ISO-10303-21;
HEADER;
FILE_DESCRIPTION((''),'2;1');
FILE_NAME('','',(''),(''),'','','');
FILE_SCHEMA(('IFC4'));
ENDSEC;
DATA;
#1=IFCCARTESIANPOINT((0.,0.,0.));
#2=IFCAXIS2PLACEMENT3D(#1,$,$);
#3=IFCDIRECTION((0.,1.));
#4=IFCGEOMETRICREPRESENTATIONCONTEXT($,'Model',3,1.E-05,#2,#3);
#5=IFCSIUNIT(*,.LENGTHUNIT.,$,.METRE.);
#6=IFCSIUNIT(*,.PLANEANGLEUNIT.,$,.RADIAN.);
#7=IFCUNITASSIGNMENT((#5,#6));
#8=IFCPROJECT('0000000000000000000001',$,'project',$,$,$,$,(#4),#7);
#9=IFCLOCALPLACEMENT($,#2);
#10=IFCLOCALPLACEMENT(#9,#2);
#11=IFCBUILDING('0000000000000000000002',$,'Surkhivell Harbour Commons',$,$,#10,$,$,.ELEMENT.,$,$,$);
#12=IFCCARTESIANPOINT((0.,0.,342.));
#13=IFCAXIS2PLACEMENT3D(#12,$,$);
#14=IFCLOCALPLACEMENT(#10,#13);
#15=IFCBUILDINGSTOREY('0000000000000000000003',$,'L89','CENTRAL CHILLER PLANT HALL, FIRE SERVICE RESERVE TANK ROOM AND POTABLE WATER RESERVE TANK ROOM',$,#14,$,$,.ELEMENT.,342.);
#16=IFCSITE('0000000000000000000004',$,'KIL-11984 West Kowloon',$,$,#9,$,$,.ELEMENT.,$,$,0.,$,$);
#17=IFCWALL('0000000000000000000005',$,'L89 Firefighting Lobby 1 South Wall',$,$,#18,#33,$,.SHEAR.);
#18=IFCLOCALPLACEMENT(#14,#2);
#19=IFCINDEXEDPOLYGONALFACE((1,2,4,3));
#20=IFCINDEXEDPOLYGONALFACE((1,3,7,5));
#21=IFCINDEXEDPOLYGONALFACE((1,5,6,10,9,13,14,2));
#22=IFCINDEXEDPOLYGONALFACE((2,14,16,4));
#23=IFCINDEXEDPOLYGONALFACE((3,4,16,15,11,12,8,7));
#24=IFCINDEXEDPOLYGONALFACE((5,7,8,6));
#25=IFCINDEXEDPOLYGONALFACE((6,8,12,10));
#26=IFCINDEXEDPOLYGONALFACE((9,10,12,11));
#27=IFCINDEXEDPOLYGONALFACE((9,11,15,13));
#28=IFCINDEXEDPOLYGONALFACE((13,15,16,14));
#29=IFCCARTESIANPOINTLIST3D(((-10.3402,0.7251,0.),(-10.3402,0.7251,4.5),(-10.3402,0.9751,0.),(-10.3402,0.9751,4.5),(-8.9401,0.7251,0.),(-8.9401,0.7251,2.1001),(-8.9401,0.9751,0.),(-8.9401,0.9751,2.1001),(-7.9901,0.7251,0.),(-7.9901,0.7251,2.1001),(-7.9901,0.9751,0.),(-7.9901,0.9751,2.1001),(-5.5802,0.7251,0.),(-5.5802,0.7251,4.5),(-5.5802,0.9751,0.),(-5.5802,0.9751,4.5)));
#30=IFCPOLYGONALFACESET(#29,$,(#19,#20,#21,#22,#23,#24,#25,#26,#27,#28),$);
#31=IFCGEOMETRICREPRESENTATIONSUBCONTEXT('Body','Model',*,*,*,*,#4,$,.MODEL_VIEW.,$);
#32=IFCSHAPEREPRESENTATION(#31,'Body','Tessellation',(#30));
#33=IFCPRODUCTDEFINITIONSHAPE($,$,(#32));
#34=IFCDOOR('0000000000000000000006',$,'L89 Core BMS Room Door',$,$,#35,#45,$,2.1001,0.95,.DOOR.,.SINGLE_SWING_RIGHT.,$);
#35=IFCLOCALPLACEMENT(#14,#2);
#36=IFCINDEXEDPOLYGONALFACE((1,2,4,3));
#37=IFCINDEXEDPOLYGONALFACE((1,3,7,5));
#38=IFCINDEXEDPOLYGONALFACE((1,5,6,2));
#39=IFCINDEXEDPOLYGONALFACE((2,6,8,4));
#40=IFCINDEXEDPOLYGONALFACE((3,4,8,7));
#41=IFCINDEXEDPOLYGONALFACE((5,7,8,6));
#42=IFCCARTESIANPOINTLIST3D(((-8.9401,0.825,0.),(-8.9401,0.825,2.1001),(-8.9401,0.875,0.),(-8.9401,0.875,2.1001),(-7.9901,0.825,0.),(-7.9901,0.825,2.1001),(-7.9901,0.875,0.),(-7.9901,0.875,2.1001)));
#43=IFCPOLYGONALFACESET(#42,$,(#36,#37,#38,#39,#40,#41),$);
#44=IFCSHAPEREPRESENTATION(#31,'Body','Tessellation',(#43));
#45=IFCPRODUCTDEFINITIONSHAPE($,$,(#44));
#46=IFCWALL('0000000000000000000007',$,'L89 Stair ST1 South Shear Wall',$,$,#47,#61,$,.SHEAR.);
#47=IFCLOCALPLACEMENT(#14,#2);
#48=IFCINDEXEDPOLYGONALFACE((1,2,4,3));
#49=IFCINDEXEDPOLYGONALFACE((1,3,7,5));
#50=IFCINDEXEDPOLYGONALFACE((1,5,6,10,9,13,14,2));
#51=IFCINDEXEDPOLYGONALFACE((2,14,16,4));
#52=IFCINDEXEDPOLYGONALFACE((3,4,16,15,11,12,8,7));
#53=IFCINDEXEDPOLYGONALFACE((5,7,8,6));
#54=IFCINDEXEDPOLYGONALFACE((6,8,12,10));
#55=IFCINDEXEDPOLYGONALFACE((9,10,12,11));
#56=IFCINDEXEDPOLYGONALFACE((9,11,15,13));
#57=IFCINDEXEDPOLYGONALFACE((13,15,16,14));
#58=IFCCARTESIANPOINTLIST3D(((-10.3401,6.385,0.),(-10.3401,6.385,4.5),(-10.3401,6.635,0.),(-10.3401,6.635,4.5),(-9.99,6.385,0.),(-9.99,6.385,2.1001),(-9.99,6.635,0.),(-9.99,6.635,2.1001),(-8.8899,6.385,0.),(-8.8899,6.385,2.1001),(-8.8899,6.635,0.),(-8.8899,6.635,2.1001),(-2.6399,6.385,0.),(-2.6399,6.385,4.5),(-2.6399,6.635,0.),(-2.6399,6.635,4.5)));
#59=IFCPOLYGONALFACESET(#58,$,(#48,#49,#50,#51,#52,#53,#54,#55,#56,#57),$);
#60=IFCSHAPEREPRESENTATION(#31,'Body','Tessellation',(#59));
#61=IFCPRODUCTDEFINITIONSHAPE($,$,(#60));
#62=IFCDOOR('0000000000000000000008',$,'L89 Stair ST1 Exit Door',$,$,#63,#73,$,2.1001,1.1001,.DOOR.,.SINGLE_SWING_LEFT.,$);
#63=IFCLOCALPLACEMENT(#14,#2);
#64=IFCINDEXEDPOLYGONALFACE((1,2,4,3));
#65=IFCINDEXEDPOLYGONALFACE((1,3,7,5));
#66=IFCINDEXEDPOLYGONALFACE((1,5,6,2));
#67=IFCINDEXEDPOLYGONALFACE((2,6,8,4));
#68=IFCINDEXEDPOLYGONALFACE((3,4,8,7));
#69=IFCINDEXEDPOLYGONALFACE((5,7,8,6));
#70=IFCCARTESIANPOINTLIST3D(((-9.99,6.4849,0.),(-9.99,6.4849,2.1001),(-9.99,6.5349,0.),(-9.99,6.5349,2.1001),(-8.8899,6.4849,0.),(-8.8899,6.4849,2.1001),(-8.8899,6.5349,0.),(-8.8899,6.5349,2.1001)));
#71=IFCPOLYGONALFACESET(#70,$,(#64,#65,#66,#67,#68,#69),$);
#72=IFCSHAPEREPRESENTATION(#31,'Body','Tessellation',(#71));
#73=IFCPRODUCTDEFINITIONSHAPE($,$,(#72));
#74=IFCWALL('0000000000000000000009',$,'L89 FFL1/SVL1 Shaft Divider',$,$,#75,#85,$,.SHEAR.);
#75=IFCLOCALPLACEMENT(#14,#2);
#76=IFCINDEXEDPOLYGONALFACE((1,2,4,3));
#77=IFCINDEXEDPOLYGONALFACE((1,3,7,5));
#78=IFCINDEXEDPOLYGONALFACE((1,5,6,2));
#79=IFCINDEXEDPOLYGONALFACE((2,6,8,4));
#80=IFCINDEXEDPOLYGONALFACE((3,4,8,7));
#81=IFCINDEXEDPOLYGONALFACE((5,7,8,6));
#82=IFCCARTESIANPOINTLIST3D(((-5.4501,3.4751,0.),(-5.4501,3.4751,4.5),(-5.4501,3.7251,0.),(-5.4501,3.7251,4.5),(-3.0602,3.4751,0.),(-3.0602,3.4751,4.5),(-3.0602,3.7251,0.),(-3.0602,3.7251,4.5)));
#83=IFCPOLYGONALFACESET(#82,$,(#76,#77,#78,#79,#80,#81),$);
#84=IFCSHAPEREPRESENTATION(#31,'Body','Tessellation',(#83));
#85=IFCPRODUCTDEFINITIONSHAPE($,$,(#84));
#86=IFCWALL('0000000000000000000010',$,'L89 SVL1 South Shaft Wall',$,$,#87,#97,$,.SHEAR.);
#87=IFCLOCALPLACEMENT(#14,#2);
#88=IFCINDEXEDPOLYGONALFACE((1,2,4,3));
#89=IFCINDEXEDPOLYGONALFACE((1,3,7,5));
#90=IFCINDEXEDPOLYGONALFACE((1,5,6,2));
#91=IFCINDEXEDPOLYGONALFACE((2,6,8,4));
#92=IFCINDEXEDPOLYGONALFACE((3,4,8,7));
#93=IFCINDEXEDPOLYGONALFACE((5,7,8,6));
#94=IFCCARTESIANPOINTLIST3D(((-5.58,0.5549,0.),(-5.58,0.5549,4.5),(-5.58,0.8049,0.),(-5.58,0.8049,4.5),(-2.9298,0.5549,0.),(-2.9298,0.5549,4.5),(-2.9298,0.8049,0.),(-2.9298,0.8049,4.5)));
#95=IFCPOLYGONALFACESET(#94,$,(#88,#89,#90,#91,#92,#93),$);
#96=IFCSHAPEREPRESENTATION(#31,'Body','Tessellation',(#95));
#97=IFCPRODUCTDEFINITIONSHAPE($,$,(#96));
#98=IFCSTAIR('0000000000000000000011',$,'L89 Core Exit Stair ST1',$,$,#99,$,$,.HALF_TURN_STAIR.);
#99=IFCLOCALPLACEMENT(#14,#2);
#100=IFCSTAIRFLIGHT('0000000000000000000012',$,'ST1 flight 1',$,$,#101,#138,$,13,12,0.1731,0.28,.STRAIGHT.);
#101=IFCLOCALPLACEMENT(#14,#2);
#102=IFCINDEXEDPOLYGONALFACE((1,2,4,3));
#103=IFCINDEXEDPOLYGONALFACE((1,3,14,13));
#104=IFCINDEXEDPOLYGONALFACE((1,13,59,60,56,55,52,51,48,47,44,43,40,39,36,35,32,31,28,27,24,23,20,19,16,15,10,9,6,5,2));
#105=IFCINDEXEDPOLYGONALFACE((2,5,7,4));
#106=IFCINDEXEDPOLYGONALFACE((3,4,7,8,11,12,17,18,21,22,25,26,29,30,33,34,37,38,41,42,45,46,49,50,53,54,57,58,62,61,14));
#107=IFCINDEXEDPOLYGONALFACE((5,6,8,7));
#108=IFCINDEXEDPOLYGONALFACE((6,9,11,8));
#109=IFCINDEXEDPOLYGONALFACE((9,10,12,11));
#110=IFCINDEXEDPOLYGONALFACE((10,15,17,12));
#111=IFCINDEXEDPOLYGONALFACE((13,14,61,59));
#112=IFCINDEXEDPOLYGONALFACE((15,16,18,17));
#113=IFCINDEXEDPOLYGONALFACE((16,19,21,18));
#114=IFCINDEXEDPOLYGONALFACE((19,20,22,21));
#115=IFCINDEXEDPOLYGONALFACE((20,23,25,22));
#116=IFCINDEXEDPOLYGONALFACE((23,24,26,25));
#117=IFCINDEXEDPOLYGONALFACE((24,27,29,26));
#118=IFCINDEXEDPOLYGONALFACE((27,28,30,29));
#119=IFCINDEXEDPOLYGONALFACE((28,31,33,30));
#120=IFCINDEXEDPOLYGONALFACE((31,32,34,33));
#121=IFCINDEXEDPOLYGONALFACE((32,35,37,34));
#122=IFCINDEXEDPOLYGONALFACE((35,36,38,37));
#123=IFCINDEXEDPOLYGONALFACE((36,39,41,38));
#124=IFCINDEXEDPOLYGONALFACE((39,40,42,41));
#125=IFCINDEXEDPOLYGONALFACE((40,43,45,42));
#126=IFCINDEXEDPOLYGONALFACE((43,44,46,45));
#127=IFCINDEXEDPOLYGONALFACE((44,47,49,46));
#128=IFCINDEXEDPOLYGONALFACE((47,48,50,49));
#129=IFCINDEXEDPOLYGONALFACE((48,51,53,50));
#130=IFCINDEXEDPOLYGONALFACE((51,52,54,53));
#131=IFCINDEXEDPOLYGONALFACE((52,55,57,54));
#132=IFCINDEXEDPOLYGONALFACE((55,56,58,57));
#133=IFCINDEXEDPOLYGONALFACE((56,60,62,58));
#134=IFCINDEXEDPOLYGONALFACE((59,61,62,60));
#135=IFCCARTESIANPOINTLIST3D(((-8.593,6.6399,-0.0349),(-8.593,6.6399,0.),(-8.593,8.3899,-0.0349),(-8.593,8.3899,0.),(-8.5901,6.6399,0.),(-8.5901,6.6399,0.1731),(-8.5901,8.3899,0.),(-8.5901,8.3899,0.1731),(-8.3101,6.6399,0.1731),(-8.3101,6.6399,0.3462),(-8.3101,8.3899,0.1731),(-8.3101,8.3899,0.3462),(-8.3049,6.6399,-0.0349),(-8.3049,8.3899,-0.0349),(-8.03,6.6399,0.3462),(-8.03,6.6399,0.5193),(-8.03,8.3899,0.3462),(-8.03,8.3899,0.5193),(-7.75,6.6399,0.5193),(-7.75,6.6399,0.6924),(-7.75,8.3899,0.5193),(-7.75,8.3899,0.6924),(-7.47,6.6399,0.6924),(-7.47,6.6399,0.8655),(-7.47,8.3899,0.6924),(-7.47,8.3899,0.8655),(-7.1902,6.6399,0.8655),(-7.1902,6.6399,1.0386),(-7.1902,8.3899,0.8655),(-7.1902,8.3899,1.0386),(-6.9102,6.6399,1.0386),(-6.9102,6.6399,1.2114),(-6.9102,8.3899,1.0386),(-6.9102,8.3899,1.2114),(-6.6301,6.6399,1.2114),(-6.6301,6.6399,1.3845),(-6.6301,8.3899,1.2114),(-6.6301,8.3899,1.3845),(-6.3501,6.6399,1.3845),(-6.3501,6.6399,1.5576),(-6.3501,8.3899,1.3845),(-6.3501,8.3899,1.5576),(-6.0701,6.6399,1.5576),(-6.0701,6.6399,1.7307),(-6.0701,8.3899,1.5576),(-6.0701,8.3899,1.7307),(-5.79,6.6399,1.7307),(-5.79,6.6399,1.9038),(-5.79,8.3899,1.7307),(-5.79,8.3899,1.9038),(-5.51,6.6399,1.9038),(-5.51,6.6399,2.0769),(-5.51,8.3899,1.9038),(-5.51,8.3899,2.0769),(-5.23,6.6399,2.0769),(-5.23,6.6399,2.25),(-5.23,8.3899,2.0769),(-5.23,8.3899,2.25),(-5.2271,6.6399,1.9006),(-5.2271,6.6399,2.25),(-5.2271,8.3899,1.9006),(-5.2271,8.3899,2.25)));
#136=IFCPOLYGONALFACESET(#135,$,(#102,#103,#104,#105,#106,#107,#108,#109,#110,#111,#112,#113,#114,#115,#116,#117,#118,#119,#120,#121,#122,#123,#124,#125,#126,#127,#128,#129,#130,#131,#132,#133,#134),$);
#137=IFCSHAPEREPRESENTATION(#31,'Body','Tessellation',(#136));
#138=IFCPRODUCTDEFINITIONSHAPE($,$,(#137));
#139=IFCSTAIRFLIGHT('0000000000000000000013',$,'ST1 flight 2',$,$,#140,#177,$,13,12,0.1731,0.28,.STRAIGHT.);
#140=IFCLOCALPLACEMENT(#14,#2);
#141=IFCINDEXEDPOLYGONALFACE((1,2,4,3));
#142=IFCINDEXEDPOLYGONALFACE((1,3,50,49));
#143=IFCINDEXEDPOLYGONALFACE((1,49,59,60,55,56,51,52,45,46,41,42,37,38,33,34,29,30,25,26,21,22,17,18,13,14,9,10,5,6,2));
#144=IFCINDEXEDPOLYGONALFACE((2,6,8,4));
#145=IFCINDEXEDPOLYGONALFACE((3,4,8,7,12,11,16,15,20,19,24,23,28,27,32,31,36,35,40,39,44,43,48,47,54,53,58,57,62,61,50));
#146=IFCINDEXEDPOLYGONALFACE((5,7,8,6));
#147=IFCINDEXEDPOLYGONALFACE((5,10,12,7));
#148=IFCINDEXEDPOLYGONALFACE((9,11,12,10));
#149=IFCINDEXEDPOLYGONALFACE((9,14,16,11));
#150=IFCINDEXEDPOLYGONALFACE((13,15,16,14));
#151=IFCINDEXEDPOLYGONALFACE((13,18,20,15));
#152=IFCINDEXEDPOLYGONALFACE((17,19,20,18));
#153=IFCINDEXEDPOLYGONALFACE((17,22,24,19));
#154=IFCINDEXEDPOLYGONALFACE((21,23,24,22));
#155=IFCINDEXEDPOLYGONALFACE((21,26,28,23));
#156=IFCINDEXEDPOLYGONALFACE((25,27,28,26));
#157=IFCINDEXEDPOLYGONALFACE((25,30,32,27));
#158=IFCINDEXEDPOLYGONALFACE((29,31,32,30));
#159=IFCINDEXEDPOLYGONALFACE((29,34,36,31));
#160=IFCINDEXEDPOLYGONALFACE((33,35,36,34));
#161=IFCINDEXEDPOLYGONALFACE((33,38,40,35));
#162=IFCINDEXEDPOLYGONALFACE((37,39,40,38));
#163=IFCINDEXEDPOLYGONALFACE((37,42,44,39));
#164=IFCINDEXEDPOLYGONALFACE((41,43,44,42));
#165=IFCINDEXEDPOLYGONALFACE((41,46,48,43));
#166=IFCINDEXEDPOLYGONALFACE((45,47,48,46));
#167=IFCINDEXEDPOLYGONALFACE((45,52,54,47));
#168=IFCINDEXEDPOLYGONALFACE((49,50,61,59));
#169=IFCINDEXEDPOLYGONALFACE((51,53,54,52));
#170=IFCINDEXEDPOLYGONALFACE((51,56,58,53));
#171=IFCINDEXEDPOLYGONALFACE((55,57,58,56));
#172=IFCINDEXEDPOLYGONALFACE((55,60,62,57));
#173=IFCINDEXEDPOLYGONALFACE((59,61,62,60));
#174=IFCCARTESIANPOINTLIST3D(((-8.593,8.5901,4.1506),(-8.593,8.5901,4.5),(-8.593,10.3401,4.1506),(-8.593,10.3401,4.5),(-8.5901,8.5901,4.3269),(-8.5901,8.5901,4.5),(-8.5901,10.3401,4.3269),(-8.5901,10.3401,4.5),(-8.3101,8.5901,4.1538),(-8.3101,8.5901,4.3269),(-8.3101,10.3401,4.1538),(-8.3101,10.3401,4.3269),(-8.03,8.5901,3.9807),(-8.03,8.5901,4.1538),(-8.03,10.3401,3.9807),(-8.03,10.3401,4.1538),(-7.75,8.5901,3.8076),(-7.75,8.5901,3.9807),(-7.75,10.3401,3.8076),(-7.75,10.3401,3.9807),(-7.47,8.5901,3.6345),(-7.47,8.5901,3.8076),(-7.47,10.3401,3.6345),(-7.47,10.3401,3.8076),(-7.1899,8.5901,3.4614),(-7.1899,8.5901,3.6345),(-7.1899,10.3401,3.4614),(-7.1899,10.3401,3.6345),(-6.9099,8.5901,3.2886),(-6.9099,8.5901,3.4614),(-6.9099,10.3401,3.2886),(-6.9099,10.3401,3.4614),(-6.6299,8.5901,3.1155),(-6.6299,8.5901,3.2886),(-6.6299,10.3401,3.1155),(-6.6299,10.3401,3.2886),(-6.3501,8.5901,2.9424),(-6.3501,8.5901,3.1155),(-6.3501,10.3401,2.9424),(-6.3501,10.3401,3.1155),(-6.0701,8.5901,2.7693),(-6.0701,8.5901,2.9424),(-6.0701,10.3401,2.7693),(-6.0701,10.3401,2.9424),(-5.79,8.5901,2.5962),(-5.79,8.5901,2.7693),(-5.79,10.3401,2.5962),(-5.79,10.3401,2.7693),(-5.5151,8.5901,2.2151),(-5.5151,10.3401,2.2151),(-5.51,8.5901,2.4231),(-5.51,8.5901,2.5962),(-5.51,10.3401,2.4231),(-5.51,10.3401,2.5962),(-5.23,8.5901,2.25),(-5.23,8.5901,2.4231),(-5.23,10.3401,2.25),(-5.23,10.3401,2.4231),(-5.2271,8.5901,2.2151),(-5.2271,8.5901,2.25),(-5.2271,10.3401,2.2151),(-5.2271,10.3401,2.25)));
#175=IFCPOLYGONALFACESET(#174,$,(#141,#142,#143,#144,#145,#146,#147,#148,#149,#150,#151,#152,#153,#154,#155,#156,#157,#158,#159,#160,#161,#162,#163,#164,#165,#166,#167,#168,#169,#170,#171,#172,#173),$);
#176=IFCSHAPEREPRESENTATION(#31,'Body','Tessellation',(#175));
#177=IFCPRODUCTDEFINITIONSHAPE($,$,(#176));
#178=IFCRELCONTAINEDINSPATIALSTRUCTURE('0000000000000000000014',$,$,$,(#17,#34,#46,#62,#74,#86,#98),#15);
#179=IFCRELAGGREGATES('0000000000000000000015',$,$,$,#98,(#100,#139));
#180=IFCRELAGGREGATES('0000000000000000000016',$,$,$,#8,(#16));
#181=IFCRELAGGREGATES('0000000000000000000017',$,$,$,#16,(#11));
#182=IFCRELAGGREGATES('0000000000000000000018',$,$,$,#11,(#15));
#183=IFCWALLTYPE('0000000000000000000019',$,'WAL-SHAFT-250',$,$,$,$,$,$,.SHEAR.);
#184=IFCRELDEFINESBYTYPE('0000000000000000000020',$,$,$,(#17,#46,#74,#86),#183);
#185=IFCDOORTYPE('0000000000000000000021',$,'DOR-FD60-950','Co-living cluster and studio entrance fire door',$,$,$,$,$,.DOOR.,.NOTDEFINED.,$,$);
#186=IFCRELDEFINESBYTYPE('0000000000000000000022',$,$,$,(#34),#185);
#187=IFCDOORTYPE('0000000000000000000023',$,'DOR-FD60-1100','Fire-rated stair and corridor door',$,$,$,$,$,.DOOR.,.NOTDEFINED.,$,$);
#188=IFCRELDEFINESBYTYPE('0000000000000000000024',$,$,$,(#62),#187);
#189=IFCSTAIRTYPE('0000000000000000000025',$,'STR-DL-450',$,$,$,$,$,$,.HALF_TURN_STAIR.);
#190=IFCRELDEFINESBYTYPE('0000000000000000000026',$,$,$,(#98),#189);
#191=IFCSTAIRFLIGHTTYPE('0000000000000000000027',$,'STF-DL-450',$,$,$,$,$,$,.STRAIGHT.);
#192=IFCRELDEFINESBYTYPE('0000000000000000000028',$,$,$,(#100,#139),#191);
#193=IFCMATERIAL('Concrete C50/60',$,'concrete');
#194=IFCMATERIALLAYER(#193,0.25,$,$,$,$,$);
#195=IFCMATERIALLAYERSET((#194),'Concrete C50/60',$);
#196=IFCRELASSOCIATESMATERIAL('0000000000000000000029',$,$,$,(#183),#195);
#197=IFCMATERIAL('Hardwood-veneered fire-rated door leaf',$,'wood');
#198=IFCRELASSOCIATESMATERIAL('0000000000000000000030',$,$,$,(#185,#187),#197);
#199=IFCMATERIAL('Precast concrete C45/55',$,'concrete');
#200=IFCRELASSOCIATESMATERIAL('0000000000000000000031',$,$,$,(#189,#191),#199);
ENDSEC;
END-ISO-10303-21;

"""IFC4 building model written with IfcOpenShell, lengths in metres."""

from ifc_helpers import new_model, si_unit, direction, frame, frame_2d, origin, place, context, subcontext, project, spatial, polyline, rectangle, outline, extrude, material, layer, layer_set, type_object, element, fill, aggregate, save


model = new_model("IFC4")

# Units and contexts
model_context = context("Model", 3, precision=1e-05, world=origin(), true_north=direction((0.0, 1.0)))
body_context = subcontext(model_context, "Body", "Model", "MODEL_VIEW")
ifc_project = project(units=[si_unit("LENGTHUNIT", "METRE"), si_unit("PLANEANGLEUNIT", "RADIAN")], contexts=[model_context])

# Site, building, storey
site_placement = place(None, origin())
site = spatial("IfcSite", under=ifc_project, at=site_placement, Name="KIL-11984 West Kowloon", CompositionType="ELEMENT", RefElevation=0.0)
building_placement = place(site_placement, origin())
building = spatial("IfcBuilding", under=site, at=building_placement, Name="Surkhivell Harbour Commons", CompositionType="ELEMENT")
storey_placement = place(building_placement, frame((0.0, 0.0, 342.0)))
storey = spatial("IfcBuildingStorey", under=building, at=storey_placement, Name="L89", Description="CENTRAL CHILLER PLANT HALL, FIRE SERVICE RESERVE TANK ROOM AND POTABLE WATER RESERVE TANK ROOM", CompositionType="ELEMENT", Elevation=342.0)

# Shared definitions
ifc_material_1 = material(Name="Concrete C50/60", Category="concrete")

# Walls, openings, doors
ifc_layer_1 = layer(ifc_material_1, 0.25)
ifc_layer_set_1 = layer_set([ifc_layer_1], Name="Concrete C50/60")
wall_type_1 = type_object("IfcWallType", Name="WAL-SHAFT-250", PredefinedType="SHEAR", material=ifc_layer_set_1)
wall_1_placement = place(storey_placement, frame((-10.3401, 0.8501, 0.0), z_axis=(0.0, 0.0, 1.0), x_axis=(1.0, 0.0, 0.0)))
wall_1 = element("IfcWall", 1, at=wall_1_placement, inside=storey, type_object=wall_type_1, Name="L89 Firefighting Lobby 1 South Wall", PredefinedType="SHEAR", context=body_context, shape_type="SweptSolid", body=[
    extrude(rectangle(XDim=4.76, YDim=0.25, at=frame_2d((2.3799, 0.0))), origin(), (0.0, 0.0, 1.0), 4.5),
])
opening_1_placement = place(wall_1_placement, frame((1.3999, 0.0, 0.0)))
opening_1 = element("IfcOpeningElement", 2, at=opening_1_placement, cuts=wall_1, PredefinedType="OPENING", context=body_context, shape_type="SweptSolid", body=[
    extrude(rectangle(XDim=0.95, YDim=2.1001, at=frame_2d((0.4751, 1.05))), frame((0.0, 0.135, 0.0), z_axis=(0.0, -1.0, 0.0), x_axis=(1.0, 0.0, 0.0)), (0.0, 0.0, 1.0), 0.27),
])
ifc_material_2 = material(Name="Hardwood-veneered fire-rated door leaf", Category="wood")
door_type_1 = type_object("IfcDoorType", Name="DOR-FD60-950", Description="Co-living cluster and studio entrance fire door", OperationType="NOTDEFINED", PredefinedType="DOOR", material=ifc_material_2)
door_1_placement = place(opening_1_placement, origin())
door_1 = element("IfcDoor", 3, at=door_1_placement, inside=storey, type_object=door_type_1, Name="L89 Core BMS Room Door", OperationType="SINGLE_SWING_RIGHT", OverallHeight=2.1001, OverallWidth=0.95, PredefinedType="DOOR", context=body_context, shape_type="SweptSolid", body=[
    extrude(rectangle(XDim=0.95, YDim=2.1001, at=frame_2d((0.4751, 1.05))), frame((0.0, 0.0249, 0.0), z_axis=(0.0, -1.0, 0.0), x_axis=(1.0, 0.0, 0.0)), (0.0, 0.0, 1.0), 0.05),
])
fill(opening_1, door_1)
wall_2_placement = place(storey_placement, frame((-10.3401, 6.51, 0.0), z_axis=(0.0, 0.0, 1.0), x_axis=(1.0, 0.0, 0.0)))
wall_2 = element("IfcWall", 4, at=wall_2_placement, inside=storey, type_object=wall_type_1, Name="L89 Stair ST1 South Shear Wall", PredefinedType="SHEAR", context=body_context, shape_type="SweptSolid", body=[
    extrude(rectangle(XDim=7.7002, YDim=0.25, at=frame_2d((3.8501, 0.0))), origin(), (0.0, 0.0, 1.0), 4.5),
])
opening_2_placement = place(wall_2_placement, frame((0.3501, 0.0, 0.0)))
opening_2 = element("IfcOpeningElement", 5, at=opening_2_placement, cuts=wall_2, PredefinedType="OPENING", context=body_context, shape_type="SweptSolid", body=[
    extrude(rectangle(XDim=1.1001, YDim=2.1001, at=frame_2d((0.55, 1.05))), frame((0.0, 0.135, 0.0), z_axis=(0.0, -1.0, 0.0), x_axis=(1.0, 0.0, 0.0)), (0.0, 0.0, 1.0), 0.27),
])
door_type_2 = type_object("IfcDoorType", Name="DOR-FD60-1100", Description="Fire-rated stair and corridor door", OperationType="NOTDEFINED", PredefinedType="DOOR", material=ifc_material_2)
door_2_placement = place(opening_2_placement, origin())
door_2 = element("IfcDoor", 6, at=door_2_placement, inside=storey, type_object=door_type_2, Name="L89 Stair ST1 Exit Door", OperationType="SINGLE_SWING_LEFT", OverallHeight=2.1001, OverallWidth=1.1001, PredefinedType="DOOR", context=body_context, shape_type="SweptSolid", body=[
    extrude(rectangle(XDim=1.1001, YDim=2.1001, at=frame_2d((0.55, 1.05))), frame((0.0, 0.0249, 0.0), z_axis=(0.0, -1.0, 0.0), x_axis=(1.0, 0.0, 0.0)), (0.0, 0.0, 1.0), 0.05),
])
fill(opening_2, door_2)

# Walls
wall_3_placement = place(storey_placement, frame((-5.45, 3.6001, 0.0), z_axis=(0.0, 0.0, 1.0), x_axis=(1.0, 0.0, 0.0)))
element("IfcWall", 7, at=wall_3_placement, inside=storey, type_object=wall_type_1, Name="L89 FFL1/SVL1 Shaft Divider", PredefinedType="SHEAR", context=body_context, shape_type="SweptSolid", body=[
    extrude(rectangle(XDim=2.3899, YDim=0.25, at=frame_2d((1.1948, 0.0))), origin(), (0.0, 0.0, 1.0), 4.5),
])
wall_4_placement = place(storey_placement, frame((-5.5801, 0.6799, 0.0), z_axis=(0.0, 0.0, 1.0), x_axis=(1.0, 0.0, 0.0)))
element("IfcWall", 8, at=wall_4_placement, inside=storey, type_object=wall_type_1, Name="L89 SVL1 South Shaft Wall", PredefinedType="SHEAR", context=body_context, shape_type="SweptSolid", body=[
    extrude(rectangle(XDim=2.6501, YDim=0.25, at=frame_2d((1.3252, 0.0))), origin(), (0.0, 0.0, 1.0), 4.5),
])

# Stair, stair flights
ifc_material_3 = material(Name="Precast concrete C45/55", Category="concrete")
stair_type = type_object("IfcStairType", Name="STR-DL-450", PredefinedType="HALF_TURN_STAIR", material=ifc_material_3)
stair_placement = place(storey_placement, origin())
stair = element("IfcStair", 9, at=stair_placement, inside=storey, type_object=stair_type, Name="L89 Core Exit Stair ST1", PredefinedType="HALF_TURN_STAIR")
stair_flight_type = type_object("IfcStairFlightType", Name="STF-DL-450", PredefinedType="STRAIGHT", material=ifc_material_3)
stair_flight_1_placement = place(storey_placement, frame((-8.5901, 7.5149, 0.0), z_axis=(0.0, 0.0, 1.0), x_axis=(1.0, 0.0, 0.0)))
stair_flight_1 = element("IfcStairFlight", 10, at=stair_flight_1_placement, type_object=stair_flight_type, Name="ST1 flight 1", NumberOfRisers=13, NumberOfTreads=12, PredefinedType="STRAIGHT", RiserHeight=0.1731, TreadLength=0.28, context=body_context, shape_type="SweptSolid", body=[
    extrude(outline(polyline([(-0.0029, -0.0349), (-0.0029, 0.0), (0.0, 0.0), (0.0, 0.1731), (0.28, 0.1731), (0.28, 0.3462), (0.5601, 0.3462), (0.5601, 0.5193), (0.8401, 0.5193), (0.8401, 0.6924), (1.1201, 0.6924), (1.1201, 0.8655), (1.3999, 0.8655), (1.3999, 1.0386), (1.6799, 1.0386), (1.6799, 1.2114), (1.96, 1.2114), (1.96, 1.3845), (2.24, 1.3845), (2.24, 1.5576), (2.52, 1.5576), (2.52, 1.7307), (2.8, 1.7307), (2.8, 1.9038), (3.0801, 1.9038), (3.0801, 2.0769), (3.3601, 2.0769), (3.3601, 2.25), (3.363, 2.25), (3.363, 1.9006), (0.2852, -0.0349), (-0.0029, -0.0349)])), frame((0.0, 0.875, 0.0), z_axis=(0.0, -1.0, 0.0), x_axis=(1.0, 0.0, 0.0)), (0.0, 0.0, 1.0), 1.75),
])
stair_flight_2_placement = place(storey_placement, frame((-5.23, 9.4651, 2.25), z_axis=(0.0, 0.0, 1.0), x_axis=(-1.0, 0.0, 0.0)))
stair_flight_2 = element("IfcStairFlight", 11, at=stair_flight_2_placement, type_object=stair_flight_type, Name="ST1 flight 2", NumberOfRisers=13, NumberOfTreads=12, PredefinedType="STRAIGHT", RiserHeight=0.1731, TreadLength=0.28, context=body_context, shape_type="SweptSolid", body=[
    extrude(outline(polyline([(-0.0029, -0.0349), (-0.0029, 0.0), (0.0, 0.0), (0.0, 0.1731), (0.28, 0.1731), (0.28, 0.3462), (0.5601, 0.3462), (0.5601, 0.5193), (0.8401, 0.5193), (0.8401, 0.6924), (1.1201, 0.6924), (1.1201, 0.8655), (1.3999, 0.8655), (1.3999, 1.0386), (1.6799, 1.0386), (1.6799, 1.2114), (1.96, 1.2114), (1.96, 1.3845), (2.24, 1.3845), (2.24, 1.5576), (2.52, 1.5576), (2.52, 1.7307), (2.8, 1.7307), (2.8, 1.9038), (3.0801, 1.9038), (3.0801, 2.0769), (3.3601, 2.0769), (3.3601, 2.25), (3.363, 2.25), (3.363, 1.9006), (0.2852, -0.0349), (-0.0029, -0.0349)])), frame((0.0, 0.875, 0.0), z_axis=(0.0, -1.0, 0.0), x_axis=(1.0, 0.0, 0.0)), (0.0, 0.0, 1.0), 1.75),
])
aggregate(stair, [stair_flight_1, stair_flight_2])

save(model, "model.ifc")
